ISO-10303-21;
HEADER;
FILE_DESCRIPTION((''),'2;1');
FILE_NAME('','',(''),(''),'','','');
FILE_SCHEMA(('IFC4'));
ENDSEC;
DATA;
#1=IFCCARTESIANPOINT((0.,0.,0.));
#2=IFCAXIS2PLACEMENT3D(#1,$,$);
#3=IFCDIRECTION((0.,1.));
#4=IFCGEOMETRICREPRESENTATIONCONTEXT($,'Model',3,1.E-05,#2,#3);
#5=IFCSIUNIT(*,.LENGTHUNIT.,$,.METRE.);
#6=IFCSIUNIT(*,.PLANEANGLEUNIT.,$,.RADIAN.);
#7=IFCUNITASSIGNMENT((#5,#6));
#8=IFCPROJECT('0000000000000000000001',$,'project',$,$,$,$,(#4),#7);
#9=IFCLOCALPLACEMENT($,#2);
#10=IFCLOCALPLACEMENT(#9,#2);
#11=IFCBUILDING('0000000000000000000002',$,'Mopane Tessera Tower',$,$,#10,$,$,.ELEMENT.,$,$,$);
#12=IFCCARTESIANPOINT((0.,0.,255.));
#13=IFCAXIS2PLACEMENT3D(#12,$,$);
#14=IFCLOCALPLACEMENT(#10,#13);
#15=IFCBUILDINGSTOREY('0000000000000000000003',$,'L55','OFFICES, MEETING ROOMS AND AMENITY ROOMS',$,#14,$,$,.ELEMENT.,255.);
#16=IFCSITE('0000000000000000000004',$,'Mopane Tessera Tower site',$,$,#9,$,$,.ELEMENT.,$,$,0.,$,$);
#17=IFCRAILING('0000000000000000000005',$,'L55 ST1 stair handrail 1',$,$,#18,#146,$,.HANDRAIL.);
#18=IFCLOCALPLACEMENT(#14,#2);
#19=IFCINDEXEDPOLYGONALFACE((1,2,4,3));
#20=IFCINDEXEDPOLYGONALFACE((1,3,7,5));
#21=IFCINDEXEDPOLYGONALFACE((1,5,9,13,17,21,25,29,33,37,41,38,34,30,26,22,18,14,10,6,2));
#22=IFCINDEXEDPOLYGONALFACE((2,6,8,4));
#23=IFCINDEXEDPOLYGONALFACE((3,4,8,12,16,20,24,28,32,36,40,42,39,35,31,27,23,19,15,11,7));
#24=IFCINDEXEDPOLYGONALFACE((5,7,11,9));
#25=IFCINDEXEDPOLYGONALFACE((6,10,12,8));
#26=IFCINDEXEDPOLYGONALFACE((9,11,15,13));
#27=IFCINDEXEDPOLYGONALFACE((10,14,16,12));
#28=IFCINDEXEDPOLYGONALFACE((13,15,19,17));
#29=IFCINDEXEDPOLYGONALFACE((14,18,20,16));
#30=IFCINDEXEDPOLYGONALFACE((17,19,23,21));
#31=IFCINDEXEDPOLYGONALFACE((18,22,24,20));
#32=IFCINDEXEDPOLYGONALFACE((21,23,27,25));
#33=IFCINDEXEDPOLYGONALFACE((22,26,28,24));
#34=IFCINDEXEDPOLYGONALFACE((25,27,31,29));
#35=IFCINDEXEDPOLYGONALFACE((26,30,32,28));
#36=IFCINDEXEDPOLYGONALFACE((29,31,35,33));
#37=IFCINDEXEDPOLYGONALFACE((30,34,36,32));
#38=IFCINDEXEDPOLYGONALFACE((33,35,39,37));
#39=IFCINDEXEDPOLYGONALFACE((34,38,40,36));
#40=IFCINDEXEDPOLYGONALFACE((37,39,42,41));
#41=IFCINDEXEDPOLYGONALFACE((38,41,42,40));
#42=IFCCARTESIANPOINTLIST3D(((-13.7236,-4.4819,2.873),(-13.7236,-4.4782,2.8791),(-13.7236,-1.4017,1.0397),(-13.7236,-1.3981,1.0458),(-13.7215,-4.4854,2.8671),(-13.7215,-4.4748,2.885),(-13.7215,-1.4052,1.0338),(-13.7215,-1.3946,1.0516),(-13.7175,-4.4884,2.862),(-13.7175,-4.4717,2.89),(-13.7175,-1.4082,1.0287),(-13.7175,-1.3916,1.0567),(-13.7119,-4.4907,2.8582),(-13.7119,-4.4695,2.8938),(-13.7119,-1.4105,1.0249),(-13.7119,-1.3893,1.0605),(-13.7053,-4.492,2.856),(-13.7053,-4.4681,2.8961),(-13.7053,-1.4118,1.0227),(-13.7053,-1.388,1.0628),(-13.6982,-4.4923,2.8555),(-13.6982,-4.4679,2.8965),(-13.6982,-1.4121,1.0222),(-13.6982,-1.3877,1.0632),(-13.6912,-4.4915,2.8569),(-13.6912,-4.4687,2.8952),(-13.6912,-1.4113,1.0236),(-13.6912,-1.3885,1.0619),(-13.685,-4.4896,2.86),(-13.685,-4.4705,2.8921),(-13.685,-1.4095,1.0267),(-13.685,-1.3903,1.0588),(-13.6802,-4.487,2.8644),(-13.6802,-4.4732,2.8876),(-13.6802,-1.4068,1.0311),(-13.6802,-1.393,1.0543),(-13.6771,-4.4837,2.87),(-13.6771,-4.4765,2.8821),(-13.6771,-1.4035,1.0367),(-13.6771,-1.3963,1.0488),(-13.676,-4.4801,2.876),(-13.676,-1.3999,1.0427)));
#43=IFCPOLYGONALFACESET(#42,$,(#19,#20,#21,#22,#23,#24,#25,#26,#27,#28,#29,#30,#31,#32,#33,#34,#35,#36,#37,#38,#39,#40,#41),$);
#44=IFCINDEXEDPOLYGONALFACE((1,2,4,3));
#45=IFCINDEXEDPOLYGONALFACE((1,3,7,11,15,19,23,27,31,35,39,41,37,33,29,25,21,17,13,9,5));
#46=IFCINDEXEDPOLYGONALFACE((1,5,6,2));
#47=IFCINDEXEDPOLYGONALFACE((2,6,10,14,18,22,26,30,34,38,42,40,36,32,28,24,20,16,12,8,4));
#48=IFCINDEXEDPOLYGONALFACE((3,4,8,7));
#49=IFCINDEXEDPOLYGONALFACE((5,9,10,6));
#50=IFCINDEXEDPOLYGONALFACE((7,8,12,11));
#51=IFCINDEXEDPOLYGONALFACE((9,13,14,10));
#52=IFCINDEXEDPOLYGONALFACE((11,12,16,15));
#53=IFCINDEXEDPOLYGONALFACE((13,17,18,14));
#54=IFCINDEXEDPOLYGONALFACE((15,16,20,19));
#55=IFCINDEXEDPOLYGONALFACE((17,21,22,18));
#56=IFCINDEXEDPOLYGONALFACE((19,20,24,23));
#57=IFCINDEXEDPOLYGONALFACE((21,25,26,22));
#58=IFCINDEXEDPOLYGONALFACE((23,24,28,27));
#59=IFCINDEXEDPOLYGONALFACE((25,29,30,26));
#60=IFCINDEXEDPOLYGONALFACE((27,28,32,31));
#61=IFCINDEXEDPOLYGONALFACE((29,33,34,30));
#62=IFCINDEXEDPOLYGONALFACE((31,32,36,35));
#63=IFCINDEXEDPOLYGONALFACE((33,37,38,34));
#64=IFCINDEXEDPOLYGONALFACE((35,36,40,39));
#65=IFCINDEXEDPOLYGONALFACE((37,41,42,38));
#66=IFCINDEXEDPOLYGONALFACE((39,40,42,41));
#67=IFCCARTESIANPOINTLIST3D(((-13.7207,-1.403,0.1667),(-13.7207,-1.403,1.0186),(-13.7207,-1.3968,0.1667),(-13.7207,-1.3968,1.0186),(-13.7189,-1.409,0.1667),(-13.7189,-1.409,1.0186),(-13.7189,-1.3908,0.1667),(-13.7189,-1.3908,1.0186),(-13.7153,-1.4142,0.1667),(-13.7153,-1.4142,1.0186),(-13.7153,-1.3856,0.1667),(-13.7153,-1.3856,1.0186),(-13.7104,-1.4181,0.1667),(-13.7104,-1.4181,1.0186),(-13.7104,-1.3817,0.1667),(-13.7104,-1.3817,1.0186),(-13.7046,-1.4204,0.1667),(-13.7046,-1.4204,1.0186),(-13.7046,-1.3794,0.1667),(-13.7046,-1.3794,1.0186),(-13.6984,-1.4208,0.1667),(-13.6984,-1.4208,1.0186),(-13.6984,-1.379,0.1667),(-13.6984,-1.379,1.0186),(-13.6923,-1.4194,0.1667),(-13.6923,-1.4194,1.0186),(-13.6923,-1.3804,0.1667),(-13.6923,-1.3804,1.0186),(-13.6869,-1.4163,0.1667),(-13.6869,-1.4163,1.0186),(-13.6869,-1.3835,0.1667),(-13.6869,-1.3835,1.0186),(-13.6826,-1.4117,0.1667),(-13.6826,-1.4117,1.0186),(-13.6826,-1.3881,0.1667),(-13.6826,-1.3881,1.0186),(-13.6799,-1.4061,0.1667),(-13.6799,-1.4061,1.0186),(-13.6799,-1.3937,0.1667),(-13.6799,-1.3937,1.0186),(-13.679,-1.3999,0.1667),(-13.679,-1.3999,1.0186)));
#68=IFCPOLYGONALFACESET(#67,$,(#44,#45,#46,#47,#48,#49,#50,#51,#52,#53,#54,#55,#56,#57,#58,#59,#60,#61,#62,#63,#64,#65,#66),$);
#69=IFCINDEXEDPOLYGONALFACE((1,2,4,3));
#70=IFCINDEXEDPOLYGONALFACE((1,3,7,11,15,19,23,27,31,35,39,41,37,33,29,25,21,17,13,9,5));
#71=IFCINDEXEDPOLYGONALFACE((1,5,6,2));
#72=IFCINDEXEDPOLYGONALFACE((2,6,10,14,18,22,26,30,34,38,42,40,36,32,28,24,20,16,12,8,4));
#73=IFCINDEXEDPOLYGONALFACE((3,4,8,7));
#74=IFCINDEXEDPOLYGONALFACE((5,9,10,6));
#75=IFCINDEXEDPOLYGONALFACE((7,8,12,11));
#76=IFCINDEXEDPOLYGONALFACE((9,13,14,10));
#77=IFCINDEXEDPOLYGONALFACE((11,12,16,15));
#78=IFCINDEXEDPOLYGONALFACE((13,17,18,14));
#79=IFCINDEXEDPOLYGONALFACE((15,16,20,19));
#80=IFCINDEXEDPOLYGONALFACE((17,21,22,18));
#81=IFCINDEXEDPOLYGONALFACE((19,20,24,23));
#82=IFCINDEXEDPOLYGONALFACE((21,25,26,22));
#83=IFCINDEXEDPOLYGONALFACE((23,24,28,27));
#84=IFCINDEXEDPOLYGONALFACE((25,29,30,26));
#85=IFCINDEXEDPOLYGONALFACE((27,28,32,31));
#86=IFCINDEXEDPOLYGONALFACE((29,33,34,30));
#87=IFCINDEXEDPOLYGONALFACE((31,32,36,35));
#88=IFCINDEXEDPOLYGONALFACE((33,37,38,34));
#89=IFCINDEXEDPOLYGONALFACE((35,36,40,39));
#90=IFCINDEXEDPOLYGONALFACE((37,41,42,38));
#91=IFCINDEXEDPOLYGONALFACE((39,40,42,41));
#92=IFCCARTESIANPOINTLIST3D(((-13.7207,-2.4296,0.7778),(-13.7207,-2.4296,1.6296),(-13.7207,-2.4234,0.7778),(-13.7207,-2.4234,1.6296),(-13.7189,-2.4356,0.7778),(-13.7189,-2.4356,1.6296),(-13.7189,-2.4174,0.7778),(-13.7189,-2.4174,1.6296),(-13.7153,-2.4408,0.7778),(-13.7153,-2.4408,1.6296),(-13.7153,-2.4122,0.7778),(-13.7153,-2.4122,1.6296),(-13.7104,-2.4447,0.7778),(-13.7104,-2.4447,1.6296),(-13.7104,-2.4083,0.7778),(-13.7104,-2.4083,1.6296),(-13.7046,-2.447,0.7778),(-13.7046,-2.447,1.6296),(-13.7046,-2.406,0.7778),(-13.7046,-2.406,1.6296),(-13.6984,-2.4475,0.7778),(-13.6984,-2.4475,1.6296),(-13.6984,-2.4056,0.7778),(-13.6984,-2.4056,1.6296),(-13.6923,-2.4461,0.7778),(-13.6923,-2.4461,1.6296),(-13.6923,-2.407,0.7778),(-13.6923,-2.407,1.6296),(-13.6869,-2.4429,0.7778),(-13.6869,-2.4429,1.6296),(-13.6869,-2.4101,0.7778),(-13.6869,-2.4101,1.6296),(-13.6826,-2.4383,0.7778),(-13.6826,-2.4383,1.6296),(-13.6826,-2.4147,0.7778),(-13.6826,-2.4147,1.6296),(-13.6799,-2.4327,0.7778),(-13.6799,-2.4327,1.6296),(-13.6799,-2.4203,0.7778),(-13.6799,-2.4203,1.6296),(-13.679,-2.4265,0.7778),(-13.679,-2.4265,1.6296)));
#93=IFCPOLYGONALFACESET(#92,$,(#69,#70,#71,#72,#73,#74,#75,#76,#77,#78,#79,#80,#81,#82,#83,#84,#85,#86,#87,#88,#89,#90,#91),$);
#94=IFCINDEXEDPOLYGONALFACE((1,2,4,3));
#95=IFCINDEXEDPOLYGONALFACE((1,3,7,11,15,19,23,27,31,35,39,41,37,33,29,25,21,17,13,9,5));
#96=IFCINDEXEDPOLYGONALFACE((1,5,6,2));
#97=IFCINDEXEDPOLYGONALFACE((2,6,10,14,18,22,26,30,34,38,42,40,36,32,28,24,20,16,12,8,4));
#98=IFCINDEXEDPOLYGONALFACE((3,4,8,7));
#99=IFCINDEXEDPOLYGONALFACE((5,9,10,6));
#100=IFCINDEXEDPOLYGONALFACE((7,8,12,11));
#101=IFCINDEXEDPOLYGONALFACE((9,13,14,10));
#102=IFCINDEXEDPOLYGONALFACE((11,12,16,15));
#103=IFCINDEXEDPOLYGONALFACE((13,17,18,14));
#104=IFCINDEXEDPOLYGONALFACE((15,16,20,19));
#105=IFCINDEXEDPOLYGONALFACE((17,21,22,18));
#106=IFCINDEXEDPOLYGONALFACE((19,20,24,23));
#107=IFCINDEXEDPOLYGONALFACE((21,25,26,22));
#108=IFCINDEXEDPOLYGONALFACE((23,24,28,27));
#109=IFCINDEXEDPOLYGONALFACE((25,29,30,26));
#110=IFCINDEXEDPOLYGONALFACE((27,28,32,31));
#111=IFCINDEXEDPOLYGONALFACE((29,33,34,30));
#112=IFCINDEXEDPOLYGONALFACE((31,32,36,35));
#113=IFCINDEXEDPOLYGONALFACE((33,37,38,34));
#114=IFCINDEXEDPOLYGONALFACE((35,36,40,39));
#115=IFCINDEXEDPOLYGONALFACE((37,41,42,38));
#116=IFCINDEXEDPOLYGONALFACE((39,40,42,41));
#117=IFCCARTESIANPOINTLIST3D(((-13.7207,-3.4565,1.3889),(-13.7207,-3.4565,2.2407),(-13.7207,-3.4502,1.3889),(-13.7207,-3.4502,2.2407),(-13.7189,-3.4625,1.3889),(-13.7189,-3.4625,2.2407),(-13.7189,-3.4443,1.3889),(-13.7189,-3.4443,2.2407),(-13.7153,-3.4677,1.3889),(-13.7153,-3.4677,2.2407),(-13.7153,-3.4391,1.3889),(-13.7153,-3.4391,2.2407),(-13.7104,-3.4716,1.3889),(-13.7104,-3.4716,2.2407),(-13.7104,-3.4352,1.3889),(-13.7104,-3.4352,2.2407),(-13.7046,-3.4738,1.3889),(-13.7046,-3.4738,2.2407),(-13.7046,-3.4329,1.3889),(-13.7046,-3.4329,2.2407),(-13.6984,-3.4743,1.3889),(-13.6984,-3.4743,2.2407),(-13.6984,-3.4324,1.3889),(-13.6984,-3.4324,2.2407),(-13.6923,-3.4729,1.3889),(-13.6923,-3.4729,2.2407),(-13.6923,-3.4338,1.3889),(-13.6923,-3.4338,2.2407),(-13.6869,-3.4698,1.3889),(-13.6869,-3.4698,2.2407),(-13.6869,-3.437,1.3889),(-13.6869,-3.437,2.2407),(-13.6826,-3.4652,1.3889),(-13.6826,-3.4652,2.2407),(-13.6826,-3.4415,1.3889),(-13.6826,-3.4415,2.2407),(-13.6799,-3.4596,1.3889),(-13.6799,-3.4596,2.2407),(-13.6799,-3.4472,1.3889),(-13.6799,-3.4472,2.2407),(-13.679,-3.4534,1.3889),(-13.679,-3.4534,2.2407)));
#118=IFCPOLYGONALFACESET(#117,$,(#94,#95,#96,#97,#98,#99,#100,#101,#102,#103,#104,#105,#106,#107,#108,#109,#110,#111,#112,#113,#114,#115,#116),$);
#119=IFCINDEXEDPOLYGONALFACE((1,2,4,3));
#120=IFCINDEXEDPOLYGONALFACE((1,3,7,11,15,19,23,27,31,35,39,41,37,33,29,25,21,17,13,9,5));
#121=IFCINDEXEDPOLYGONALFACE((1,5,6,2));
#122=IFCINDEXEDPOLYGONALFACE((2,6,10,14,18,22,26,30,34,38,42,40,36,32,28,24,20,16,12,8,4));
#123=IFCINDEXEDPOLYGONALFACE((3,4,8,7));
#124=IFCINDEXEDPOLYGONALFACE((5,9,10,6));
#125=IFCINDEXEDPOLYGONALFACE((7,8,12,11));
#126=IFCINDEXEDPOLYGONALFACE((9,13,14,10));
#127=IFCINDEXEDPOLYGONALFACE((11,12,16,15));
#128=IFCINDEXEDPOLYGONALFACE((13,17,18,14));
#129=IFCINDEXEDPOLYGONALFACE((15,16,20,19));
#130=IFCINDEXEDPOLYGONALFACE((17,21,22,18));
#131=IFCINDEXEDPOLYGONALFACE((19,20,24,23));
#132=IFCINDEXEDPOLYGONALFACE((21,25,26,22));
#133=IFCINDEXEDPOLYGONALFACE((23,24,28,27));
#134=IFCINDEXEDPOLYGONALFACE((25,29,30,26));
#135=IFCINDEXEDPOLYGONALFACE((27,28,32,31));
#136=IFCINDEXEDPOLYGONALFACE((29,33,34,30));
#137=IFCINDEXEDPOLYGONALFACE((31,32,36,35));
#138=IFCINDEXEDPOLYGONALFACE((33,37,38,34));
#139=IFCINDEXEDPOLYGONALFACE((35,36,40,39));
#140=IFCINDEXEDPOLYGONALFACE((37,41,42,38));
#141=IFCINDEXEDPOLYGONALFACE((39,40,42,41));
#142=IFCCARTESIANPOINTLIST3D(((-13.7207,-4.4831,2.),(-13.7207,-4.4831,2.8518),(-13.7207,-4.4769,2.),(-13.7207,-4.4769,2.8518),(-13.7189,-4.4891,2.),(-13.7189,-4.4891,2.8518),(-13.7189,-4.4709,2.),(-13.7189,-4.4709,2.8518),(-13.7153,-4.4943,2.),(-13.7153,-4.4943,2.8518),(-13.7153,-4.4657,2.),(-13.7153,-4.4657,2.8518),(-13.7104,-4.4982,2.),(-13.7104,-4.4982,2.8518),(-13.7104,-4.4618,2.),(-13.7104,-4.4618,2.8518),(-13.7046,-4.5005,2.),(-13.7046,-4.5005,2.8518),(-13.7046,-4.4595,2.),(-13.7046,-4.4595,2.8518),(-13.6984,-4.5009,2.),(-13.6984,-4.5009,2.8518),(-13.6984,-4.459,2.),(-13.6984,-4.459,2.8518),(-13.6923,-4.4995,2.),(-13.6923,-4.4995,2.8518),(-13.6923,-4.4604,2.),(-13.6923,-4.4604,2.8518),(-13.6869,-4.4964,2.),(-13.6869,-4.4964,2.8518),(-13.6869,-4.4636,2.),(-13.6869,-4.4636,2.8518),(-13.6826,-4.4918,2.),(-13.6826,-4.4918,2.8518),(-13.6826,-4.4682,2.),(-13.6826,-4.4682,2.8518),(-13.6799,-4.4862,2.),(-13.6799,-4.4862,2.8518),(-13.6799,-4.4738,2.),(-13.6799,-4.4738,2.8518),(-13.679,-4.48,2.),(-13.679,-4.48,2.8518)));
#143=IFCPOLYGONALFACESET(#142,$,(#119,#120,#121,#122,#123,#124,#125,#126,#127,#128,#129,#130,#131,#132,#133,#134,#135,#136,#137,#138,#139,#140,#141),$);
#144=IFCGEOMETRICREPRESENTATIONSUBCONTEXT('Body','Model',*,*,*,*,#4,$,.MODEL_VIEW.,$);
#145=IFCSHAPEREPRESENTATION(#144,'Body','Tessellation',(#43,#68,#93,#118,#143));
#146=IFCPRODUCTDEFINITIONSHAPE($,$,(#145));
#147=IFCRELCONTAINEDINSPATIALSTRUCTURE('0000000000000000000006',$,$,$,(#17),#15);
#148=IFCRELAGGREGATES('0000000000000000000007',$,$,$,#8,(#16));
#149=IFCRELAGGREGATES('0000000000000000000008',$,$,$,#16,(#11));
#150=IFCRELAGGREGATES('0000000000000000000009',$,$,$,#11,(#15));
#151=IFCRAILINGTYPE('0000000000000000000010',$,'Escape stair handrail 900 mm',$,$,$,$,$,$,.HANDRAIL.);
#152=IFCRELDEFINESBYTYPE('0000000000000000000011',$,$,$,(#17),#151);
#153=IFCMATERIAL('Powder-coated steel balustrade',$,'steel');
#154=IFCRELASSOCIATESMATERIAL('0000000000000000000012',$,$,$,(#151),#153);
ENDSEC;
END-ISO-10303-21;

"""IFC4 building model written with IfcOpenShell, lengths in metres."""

from ifc_helpers import new_model, si_unit, direction, frame, origin, origin_2d, place, context, subcontext, project, spatial, circle, extrude, material, type_object, element, save


model = new_model("IFC4")

# Units and contexts
model_context = context("Model", 3, precision=1e-05, world=origin(), true_north=direction((0.0, 1.0)))
body_context = subcontext(model_context, "Body", "Model", "MODEL_VIEW")
ifc_project = project(units=[si_unit("LENGTHUNIT", "METRE"), si_unit("PLANEANGLEUNIT", "RADIAN")], contexts=[model_context])

# Site, building, storey
site_placement = place(None, origin())
site = spatial("IfcSite", under=ifc_project, at=site_placement, Name="Mopane Tessera Tower site", CompositionType="ELEMENT", RefElevation=0.0)
building_placement = place(site_placement, origin())
building = spatial("IfcBuilding", under=site, at=building_placement, Name="Mopane Tessera Tower", CompositionType="ELEMENT")
storey_placement = place(building_placement, frame((0.0, 0.0, 255.0)))
storey = spatial("IfcBuildingStorey", under=building, at=storey_placement, Name="L55", Description="OFFICES, MEETING ROOMS AND AMENITY ROOMS", CompositionType="ELEMENT", Elevation=255.0)

# Railing
ifc_material_1 = material(Name="Powder-coated steel balustrade", Category="steel")
railing_type = type_object("IfcRailingType", Name="Escape stair handrail 900 mm", PredefinedType="HANDRAIL", material=ifc_material_1)
railing_placement = place(storey_placement, frame((-13.7, -1.3999, 0.1667)))
element("IfcRailing", 1, at=railing_placement, inside=storey, type_object=railing_type, Name="L55 ST1 stair handrail 1", PredefinedType="HANDRAIL", context=body_context, shape_type="SweptSolid", body=[
    extrude(circle(Radius=0.0239, at=origin_2d()), frame((0.0, 0.0, 0.876), z_axis=(0.0, -0.859309, 0.511458), x_axis=(1.0, 0.0, 0.0)), (0.0, 0.0, 1.0), 3.5845),
    extrude(circle(Radius=0.021, at=origin_2d()), origin(), (0.0, 0.0, 1.0), 0.8518),
    extrude(circle(Radius=0.021, at=origin_2d()), frame((0.0, -1.0266, 0.6111)), (0.0, 0.0, 1.0), 0.8518),
    extrude(circle(Radius=0.021, at=origin_2d()), frame((0.0, -2.0535, 1.2222)), (0.0, 0.0, 1.0), 0.8518),
    extrude(circle(Radius=0.021, at=origin_2d()), frame((0.0, -3.0801, 1.8333)), (0.0, 0.0, 1.0), 0.8518),
])

save(model, "model.ifc")
